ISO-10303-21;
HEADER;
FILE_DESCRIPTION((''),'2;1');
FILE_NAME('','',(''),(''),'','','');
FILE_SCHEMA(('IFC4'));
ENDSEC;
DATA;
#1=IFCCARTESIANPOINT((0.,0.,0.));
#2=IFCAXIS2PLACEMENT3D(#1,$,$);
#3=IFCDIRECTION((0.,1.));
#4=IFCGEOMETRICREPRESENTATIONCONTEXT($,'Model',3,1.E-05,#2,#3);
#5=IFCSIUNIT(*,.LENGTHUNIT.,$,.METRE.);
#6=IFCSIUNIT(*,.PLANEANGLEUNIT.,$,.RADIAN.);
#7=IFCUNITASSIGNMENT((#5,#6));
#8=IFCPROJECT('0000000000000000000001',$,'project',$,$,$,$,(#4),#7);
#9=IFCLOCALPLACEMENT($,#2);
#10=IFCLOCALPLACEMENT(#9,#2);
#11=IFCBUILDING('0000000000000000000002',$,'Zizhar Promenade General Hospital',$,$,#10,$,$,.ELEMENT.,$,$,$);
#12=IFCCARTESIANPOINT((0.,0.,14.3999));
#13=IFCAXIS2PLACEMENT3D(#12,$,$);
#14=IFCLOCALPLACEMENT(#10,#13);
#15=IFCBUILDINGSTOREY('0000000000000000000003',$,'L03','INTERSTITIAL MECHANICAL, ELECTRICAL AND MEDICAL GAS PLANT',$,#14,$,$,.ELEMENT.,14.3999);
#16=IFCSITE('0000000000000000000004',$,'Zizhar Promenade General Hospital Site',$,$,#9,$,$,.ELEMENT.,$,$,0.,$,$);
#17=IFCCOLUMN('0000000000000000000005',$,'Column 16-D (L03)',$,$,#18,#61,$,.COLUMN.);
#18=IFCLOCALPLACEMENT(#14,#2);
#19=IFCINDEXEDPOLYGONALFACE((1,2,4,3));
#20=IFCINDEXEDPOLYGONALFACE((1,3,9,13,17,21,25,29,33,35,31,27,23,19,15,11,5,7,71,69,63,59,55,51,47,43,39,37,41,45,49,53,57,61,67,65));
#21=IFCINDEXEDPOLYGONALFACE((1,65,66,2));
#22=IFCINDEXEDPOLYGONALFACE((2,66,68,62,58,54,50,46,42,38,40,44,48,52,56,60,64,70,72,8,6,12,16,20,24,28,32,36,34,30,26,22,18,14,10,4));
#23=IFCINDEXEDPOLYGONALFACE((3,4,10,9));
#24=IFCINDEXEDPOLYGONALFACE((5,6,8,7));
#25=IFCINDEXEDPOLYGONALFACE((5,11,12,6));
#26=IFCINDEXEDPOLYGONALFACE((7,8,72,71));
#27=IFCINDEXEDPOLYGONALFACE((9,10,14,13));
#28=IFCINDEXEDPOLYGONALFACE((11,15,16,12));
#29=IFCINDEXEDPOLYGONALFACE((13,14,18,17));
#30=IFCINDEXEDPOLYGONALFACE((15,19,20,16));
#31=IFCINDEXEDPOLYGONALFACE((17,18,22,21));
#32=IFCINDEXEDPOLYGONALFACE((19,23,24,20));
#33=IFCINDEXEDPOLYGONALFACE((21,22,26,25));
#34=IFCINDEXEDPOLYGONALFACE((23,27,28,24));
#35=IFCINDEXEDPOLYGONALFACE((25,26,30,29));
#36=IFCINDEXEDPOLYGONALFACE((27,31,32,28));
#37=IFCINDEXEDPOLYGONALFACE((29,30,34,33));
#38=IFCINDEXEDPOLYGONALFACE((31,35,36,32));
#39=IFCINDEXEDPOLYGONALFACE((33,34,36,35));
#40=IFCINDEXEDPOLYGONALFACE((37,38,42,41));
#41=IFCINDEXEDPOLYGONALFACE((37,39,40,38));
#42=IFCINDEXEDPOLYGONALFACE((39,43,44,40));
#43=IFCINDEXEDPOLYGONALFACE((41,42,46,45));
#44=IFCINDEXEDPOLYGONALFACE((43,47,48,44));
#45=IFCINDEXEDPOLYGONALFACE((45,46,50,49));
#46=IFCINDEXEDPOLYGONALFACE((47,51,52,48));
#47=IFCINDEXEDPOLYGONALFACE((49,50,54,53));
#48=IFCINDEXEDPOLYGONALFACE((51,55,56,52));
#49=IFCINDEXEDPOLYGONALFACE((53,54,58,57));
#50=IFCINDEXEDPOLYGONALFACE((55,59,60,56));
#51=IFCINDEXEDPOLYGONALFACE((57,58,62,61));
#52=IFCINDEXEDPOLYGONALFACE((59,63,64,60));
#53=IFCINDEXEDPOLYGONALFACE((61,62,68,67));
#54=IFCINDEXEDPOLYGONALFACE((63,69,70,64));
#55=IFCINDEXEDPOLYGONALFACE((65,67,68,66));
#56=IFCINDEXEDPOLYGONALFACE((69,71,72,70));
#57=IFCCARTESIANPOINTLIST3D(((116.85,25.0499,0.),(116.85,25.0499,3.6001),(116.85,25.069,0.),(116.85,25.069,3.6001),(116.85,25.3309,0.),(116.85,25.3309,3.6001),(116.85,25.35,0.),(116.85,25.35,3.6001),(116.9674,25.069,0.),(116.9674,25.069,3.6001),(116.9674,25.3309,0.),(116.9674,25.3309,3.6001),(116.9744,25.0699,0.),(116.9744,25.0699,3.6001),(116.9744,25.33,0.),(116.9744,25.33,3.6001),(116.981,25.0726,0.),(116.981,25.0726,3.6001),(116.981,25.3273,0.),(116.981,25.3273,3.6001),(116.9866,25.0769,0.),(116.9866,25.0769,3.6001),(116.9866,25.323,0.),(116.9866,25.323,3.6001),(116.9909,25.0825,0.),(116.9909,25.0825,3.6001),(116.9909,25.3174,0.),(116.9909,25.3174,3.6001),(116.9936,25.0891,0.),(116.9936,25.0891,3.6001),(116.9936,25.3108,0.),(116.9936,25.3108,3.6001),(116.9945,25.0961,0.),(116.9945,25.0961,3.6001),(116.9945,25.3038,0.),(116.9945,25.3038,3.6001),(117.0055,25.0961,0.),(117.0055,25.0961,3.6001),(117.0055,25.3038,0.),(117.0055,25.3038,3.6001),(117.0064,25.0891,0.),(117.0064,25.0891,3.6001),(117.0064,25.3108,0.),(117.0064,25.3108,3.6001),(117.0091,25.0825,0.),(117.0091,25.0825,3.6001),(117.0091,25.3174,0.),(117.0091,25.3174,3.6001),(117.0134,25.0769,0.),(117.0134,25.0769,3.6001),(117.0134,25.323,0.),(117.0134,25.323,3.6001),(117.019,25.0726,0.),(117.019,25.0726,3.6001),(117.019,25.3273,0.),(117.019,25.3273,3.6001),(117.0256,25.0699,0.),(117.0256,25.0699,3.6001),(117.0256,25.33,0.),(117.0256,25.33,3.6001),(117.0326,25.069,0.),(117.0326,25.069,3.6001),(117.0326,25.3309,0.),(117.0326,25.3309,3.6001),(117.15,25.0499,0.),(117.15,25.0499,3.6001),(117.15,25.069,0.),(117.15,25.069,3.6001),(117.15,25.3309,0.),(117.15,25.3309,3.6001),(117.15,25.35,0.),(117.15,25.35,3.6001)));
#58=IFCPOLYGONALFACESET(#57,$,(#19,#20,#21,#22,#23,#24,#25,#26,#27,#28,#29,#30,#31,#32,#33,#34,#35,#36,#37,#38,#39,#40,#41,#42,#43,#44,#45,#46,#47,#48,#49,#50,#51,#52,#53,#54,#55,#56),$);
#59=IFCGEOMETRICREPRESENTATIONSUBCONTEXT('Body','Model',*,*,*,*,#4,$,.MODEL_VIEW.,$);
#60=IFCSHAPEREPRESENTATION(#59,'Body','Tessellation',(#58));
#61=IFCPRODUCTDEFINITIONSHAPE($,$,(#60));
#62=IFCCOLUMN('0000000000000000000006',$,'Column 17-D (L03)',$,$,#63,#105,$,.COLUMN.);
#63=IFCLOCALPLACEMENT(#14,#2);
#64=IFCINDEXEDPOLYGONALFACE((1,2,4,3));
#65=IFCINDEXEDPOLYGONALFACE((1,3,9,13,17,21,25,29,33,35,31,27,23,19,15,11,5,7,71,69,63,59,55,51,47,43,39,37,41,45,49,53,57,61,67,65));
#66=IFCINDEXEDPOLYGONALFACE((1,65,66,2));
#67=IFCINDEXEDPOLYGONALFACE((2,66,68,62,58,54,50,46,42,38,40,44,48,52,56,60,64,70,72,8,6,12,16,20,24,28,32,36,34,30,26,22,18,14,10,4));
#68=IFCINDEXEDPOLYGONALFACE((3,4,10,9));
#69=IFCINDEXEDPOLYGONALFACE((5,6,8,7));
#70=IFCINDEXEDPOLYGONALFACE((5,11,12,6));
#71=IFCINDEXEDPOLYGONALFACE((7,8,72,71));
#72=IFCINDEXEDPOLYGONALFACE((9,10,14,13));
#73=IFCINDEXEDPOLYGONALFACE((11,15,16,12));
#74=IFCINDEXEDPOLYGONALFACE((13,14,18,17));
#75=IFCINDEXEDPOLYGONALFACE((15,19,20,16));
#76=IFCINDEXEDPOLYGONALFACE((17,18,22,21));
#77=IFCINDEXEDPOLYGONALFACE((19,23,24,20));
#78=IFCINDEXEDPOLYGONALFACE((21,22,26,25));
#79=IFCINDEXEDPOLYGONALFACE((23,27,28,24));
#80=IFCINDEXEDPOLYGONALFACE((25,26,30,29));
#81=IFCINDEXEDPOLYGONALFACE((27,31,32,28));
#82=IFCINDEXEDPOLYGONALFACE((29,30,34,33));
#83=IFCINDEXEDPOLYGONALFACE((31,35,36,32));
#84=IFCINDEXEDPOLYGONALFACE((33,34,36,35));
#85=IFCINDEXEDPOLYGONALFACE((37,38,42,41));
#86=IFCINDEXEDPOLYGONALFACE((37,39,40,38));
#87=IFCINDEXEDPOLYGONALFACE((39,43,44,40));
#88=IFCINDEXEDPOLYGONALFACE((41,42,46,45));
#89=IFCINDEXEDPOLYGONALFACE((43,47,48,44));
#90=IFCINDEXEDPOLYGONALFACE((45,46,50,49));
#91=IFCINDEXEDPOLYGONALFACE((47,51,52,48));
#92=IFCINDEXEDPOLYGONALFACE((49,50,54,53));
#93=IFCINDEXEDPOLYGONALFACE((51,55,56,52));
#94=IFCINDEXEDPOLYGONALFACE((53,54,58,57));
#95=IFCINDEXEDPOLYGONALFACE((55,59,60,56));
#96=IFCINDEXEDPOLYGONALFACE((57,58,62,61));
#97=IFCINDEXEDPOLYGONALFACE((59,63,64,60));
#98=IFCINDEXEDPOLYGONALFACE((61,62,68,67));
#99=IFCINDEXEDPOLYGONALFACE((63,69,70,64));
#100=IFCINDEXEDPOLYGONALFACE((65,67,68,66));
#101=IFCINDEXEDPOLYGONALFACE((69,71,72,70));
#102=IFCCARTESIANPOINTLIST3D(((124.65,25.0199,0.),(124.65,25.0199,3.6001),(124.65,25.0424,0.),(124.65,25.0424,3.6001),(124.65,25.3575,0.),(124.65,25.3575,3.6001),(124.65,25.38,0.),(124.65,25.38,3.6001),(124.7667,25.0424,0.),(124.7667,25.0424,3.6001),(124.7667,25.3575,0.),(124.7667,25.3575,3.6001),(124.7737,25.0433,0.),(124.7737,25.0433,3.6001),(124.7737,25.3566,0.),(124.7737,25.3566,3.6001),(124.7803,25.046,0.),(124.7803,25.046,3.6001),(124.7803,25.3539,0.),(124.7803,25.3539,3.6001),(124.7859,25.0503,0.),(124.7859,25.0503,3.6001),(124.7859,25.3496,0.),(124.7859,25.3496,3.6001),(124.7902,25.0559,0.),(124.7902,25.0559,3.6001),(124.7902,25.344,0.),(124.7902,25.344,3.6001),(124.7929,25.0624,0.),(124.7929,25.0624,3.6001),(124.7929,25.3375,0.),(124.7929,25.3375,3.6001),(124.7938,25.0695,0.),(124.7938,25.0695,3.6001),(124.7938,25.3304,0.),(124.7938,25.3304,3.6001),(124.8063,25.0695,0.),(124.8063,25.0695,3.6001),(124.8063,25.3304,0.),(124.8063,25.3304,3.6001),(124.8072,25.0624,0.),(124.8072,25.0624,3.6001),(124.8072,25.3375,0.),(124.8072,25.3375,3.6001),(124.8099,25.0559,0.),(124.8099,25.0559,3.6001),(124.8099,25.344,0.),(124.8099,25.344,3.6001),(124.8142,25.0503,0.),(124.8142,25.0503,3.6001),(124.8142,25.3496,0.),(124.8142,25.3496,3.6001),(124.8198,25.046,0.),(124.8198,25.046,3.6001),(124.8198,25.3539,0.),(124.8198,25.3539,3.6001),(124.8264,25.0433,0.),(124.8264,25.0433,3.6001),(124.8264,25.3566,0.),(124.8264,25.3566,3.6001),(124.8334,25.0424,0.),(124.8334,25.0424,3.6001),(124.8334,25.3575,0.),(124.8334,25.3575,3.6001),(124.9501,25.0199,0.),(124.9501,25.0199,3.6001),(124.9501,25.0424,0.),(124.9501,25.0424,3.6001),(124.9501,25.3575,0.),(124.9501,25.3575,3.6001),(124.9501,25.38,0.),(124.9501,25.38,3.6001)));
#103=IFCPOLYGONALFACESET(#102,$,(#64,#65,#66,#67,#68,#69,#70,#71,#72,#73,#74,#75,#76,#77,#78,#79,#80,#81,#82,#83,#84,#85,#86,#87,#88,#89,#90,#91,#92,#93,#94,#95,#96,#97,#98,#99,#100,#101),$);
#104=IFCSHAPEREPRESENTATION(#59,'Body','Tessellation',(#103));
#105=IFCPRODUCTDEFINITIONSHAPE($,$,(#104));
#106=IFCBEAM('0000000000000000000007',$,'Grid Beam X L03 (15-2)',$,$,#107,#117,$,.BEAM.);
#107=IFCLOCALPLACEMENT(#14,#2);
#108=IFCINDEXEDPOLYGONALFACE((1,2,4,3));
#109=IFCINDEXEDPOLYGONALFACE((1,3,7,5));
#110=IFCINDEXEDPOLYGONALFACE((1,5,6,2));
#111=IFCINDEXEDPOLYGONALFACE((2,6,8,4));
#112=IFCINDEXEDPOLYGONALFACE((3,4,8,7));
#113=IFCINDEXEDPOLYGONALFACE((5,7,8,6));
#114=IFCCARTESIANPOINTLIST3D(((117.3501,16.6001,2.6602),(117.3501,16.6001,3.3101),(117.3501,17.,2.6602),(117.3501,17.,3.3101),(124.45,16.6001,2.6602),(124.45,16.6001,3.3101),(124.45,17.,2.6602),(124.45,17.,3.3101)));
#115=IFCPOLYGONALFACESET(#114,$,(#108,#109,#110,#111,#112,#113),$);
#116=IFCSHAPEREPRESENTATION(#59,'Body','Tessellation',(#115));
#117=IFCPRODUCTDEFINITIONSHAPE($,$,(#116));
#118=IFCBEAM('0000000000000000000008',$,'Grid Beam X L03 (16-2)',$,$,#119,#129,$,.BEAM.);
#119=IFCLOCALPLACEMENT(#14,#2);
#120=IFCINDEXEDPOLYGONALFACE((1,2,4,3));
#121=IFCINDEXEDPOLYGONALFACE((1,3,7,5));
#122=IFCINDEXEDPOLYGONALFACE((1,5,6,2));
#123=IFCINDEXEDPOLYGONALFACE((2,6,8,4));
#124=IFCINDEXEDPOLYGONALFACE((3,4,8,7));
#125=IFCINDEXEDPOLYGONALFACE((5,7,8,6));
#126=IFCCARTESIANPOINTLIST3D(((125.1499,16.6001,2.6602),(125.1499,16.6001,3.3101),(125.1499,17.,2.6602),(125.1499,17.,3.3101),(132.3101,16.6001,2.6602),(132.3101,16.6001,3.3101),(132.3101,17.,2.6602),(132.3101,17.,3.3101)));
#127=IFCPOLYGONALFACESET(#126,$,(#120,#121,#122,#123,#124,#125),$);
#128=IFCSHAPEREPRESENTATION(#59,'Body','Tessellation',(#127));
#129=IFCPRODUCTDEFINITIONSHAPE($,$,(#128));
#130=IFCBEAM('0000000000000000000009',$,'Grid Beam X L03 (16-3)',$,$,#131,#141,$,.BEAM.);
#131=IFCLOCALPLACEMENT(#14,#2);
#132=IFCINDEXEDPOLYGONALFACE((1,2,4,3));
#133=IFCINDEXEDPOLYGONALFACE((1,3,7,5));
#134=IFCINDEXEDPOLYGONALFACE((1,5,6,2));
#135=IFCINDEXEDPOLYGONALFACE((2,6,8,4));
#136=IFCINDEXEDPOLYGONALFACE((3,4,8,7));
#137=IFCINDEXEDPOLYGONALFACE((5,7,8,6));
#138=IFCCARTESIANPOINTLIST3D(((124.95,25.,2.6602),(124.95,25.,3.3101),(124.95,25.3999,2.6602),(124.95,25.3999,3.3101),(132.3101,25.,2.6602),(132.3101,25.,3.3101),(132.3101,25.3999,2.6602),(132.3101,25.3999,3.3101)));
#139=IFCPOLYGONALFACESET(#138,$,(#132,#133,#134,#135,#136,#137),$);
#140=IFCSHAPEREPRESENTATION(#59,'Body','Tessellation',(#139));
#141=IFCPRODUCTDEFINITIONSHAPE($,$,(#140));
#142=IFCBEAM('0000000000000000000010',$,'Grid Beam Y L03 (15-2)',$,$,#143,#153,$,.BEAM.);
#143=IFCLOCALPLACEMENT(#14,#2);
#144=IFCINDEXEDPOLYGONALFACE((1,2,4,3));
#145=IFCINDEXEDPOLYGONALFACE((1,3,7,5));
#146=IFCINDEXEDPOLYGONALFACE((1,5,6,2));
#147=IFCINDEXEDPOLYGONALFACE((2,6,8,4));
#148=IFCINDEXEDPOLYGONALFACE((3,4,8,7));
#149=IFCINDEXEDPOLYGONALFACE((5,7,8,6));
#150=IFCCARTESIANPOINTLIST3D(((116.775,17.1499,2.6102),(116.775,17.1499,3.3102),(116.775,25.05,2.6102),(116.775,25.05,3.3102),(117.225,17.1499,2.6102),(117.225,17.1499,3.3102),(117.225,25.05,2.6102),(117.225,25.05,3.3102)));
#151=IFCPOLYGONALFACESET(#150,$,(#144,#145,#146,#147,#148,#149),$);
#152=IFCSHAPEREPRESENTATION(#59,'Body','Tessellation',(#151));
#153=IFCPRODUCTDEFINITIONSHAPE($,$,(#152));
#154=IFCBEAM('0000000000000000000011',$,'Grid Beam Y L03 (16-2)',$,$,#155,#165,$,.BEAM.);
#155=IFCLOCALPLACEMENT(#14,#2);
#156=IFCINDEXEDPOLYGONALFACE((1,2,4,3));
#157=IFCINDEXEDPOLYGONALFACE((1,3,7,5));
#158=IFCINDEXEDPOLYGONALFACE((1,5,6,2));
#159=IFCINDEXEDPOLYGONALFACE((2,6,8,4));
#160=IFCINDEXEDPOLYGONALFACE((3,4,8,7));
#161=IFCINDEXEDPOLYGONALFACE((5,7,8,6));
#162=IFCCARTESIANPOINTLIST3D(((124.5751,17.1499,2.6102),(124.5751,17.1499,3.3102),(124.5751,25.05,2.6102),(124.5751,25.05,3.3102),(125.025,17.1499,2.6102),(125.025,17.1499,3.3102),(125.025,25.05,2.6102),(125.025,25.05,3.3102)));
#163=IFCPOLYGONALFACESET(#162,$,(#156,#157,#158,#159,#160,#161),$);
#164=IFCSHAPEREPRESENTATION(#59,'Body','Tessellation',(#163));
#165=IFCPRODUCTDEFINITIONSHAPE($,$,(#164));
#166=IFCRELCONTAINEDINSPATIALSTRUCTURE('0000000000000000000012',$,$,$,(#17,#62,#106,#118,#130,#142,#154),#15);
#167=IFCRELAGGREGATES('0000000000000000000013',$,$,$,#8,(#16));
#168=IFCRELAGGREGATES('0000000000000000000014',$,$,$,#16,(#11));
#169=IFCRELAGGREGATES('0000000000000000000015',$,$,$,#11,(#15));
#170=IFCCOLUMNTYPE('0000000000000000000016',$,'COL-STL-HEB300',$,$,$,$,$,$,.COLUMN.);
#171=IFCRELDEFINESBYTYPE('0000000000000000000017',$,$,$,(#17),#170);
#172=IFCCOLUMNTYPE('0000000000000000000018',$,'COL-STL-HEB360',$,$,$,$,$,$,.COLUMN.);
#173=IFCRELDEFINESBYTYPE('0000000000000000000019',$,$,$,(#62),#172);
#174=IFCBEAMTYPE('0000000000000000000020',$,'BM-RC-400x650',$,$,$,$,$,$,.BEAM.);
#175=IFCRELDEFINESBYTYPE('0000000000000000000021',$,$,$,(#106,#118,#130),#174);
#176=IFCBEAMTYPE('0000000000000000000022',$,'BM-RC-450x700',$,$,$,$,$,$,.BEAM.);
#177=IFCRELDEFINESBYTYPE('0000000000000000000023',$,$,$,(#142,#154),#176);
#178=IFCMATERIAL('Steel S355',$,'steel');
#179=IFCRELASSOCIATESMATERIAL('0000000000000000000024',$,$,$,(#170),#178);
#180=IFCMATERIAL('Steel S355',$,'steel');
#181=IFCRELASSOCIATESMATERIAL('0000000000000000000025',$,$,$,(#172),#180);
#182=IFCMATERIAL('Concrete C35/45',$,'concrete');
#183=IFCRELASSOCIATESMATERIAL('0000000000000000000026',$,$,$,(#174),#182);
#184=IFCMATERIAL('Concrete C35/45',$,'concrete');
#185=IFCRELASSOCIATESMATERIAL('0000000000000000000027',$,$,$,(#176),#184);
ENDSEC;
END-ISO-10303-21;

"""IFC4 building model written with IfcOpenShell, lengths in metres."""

from ifc_helpers import new_model, si_unit, direction, frame, origin, origin_2d, place, context, subcontext, project, spatial, rectangle, i_section, extrude, material, material_profile, profile_set, type_object, element, save


model = new_model("IFC4")

# Units and contexts
model_context = context("Model", 3, precision=1e-05, world=origin(), true_north=direction((0.0, 1.0)))
body_context = subcontext(model_context, "Body", "Model", "MODEL_VIEW")
ifc_project = project(units=[si_unit("LENGTHUNIT", "METRE"), si_unit("PLANEANGLEUNIT", "RADIAN")], contexts=[model_context])

# Site, building, storey
site_placement = place(None, origin())
site = spatial("IfcSite", under=ifc_project, at=site_placement, Name="Zizhar Promenade General Hospital Site", CompositionType="ELEMENT", RefElevation=0.0)
building_placement = place(site_placement, origin())
building = spatial("IfcBuilding", under=site, at=building_placement, Name="Zizhar Promenade General Hospital", CompositionType="ELEMENT")
storey_placement = place(building_placement, frame((0.0, 0.0, 14.3999)))
storey = spatial("IfcBuildingStorey", under=building, at=storey_placement, Name="L03", Description="INTERSTITIAL MECHANICAL, ELECTRICAL AND MEDICAL GAS PLANT", CompositionType="ELEMENT", Elevation=14.3999)

# Columns
ifc_material_1 = material(Name="Steel S355", Category="steel")
ifc_material_profile_1 = material_profile(ifc_material_1, i_section(OverallWidth=0.3, OverallDepth=0.3, WebThickness=0.011, FlangeThickness=0.019, FilletRadius=0.0271, at=origin_2d()))
ifc_profile_set_1 = profile_set([ifc_material_profile_1], Name="Steel S355")
column_type_1 = type_object("IfcColumnType", Name="COL-STL-HEB300", PredefinedType="COLUMN", material=ifc_profile_set_1)
column_1_placement = place(storey_placement, frame((117.0, 25.2, 0.0), z_axis=(0.0, 0.0, 1.0), x_axis=(1.0, 0.0, 0.0)))
element("IfcColumn", 1, at=column_1_placement, inside=storey, type_object=column_type_1, Name="Column 16-D (L03)", PredefinedType="COLUMN", context=body_context, shape_type="SweptSolid", body=[
    extrude(i_section(OverallWidth=0.3, OverallDepth=0.3, WebThickness=0.011, FlangeThickness=0.019, FilletRadius=0.0271, at=origin_2d()), origin(), (0.0, 0.0, 1.0), 3.6001),
])
ifc_material_2 = material(Name="Steel S355", Category="steel")
ifc_material_profile_2 = material_profile(ifc_material_2, i_section(OverallWidth=0.3, OverallDepth=0.3601, WebThickness=0.0125, FlangeThickness=0.0225, FilletRadius=0.0271, at=origin_2d()))
ifc_profile_set_2 = profile_set([ifc_material_profile_2], Name="Steel S355")
column_type_2 = type_object("IfcColumnType", Name="COL-STL-HEB360", PredefinedType="COLUMN", material=ifc_profile_set_2)
column_2_placement = place(storey_placement, frame((124.8, 25.2, 0.0), z_axis=(0.0, 0.0, 1.0), x_axis=(1.0, 0.0, 0.0)))
element("IfcColumn", 2, at=column_2_placement, inside=storey, type_object=column_type_2, Name="Column 17-D (L03)", PredefinedType="COLUMN", context=body_context, shape_type="SweptSolid", body=[
    extrude(i_section(OverallWidth=0.3, OverallDepth=0.3601, WebThickness=0.0125, FlangeThickness=0.0225, FilletRadius=0.0271, at=origin_2d()), origin(), (0.0, 0.0, 1.0), 3.6001),
])

# Beams
ifc_material_3 = material(Name="Concrete C35/45", Category="concrete")
ifc_material_profile_3 = material_profile(ifc_material_3, rectangle(XDim=0.3999, YDim=0.6499, at=origin_2d()))
ifc_profile_set_3 = profile_set([ifc_material_profile_3], Name="Concrete C35/45")
beam_type_1 = type_object("IfcBeamType", Name="BM-RC-400x650", PredefinedType="BEAM", material=ifc_profile_set_3)
beam_1_placement = place(storey_placement, frame((117.3501, 16.8, 2.9851), z_axis=(1.0, 0.0, 0.0), x_axis=(0.0, 1.0, 0.0)))
element("IfcBeam", 3, at=beam_1_placement, inside=storey, type_object=beam_type_1, Name="Grid Beam X L03 (15-2)", PredefinedType="BEAM", context=body_context, shape_type="SweptSolid", body=[
    extrude(rectangle(XDim=0.3999, YDim=0.6499, at=origin_2d()), origin(), (0.0, 0.0, 1.0), 7.0999),
])
beam_2_placement = place(storey_placement, frame((125.1499, 16.8, 2.9851), z_axis=(1.0, 0.0, 0.0), x_axis=(0.0, 1.0, 0.0)))
element("IfcBeam", 4, at=beam_2_placement, inside=storey, type_object=beam_type_1, Name="Grid Beam X L03 (16-2)", PredefinedType="BEAM", context=body_context, shape_type="SweptSolid", body=[
    extrude(rectangle(XDim=0.3999, YDim=0.6499, at=origin_2d()), origin(), (0.0, 0.0, 1.0), 7.1602),
])
beam_3_placement = place(storey_placement, frame((124.95, 25.2, 2.9851), z_axis=(1.0, 0.0, 0.0), x_axis=(0.0, 1.0, 0.0)))
element("IfcBeam", 5, at=beam_3_placement, inside=storey, type_object=beam_type_1, Name="Grid Beam X L03 (16-3)", PredefinedType="BEAM", context=body_context, shape_type="SweptSolid", body=[
    extrude(rectangle(XDim=0.3999, YDim=0.6499, at=origin_2d()), origin(), (0.0, 0.0, 1.0), 7.3601),
])
ifc_material_4 = material(Name="Concrete C35/45", Category="concrete")
ifc_material_profile_4 = material_profile(ifc_material_4, rectangle(XDim=0.45, YDim=0.7, at=origin_2d()))
ifc_profile_set_4 = profile_set([ifc_material_profile_4], Name="Concrete C35/45")
beam_type_2 = type_object("IfcBeamType", Name="BM-RC-450x700", PredefinedType="BEAM", material=ifc_profile_set_4)
for number, where, z_axis, x_axis, name in (
    (6, (117.0, 17.1499, 2.9602), (0.0, 1.0, 0.0), (-1.0, 0.0, 0.0), "Grid Beam Y L03 (15-2)"),
    (7, (124.8, 17.1499, 2.9602), (0.0, 1.0, 0.0), (-1.0, 0.0, 0.0), "Grid Beam Y L03 (16-2)"),
):
    element("IfcBeam", number, at=place(storey_placement, frame(where, z_axis=z_axis, x_axis=x_axis)), inside=storey, type_object=beam_type_2, Name=name, PredefinedType="BEAM", context=body_context, shape_type="SweptSolid", body=[
        extrude(rectangle(XDim=0.45, YDim=0.7, at=origin_2d()), origin(), (0.0, 0.0, 1.0), 7.9001),
    ])

save(model, "model.ifc")
